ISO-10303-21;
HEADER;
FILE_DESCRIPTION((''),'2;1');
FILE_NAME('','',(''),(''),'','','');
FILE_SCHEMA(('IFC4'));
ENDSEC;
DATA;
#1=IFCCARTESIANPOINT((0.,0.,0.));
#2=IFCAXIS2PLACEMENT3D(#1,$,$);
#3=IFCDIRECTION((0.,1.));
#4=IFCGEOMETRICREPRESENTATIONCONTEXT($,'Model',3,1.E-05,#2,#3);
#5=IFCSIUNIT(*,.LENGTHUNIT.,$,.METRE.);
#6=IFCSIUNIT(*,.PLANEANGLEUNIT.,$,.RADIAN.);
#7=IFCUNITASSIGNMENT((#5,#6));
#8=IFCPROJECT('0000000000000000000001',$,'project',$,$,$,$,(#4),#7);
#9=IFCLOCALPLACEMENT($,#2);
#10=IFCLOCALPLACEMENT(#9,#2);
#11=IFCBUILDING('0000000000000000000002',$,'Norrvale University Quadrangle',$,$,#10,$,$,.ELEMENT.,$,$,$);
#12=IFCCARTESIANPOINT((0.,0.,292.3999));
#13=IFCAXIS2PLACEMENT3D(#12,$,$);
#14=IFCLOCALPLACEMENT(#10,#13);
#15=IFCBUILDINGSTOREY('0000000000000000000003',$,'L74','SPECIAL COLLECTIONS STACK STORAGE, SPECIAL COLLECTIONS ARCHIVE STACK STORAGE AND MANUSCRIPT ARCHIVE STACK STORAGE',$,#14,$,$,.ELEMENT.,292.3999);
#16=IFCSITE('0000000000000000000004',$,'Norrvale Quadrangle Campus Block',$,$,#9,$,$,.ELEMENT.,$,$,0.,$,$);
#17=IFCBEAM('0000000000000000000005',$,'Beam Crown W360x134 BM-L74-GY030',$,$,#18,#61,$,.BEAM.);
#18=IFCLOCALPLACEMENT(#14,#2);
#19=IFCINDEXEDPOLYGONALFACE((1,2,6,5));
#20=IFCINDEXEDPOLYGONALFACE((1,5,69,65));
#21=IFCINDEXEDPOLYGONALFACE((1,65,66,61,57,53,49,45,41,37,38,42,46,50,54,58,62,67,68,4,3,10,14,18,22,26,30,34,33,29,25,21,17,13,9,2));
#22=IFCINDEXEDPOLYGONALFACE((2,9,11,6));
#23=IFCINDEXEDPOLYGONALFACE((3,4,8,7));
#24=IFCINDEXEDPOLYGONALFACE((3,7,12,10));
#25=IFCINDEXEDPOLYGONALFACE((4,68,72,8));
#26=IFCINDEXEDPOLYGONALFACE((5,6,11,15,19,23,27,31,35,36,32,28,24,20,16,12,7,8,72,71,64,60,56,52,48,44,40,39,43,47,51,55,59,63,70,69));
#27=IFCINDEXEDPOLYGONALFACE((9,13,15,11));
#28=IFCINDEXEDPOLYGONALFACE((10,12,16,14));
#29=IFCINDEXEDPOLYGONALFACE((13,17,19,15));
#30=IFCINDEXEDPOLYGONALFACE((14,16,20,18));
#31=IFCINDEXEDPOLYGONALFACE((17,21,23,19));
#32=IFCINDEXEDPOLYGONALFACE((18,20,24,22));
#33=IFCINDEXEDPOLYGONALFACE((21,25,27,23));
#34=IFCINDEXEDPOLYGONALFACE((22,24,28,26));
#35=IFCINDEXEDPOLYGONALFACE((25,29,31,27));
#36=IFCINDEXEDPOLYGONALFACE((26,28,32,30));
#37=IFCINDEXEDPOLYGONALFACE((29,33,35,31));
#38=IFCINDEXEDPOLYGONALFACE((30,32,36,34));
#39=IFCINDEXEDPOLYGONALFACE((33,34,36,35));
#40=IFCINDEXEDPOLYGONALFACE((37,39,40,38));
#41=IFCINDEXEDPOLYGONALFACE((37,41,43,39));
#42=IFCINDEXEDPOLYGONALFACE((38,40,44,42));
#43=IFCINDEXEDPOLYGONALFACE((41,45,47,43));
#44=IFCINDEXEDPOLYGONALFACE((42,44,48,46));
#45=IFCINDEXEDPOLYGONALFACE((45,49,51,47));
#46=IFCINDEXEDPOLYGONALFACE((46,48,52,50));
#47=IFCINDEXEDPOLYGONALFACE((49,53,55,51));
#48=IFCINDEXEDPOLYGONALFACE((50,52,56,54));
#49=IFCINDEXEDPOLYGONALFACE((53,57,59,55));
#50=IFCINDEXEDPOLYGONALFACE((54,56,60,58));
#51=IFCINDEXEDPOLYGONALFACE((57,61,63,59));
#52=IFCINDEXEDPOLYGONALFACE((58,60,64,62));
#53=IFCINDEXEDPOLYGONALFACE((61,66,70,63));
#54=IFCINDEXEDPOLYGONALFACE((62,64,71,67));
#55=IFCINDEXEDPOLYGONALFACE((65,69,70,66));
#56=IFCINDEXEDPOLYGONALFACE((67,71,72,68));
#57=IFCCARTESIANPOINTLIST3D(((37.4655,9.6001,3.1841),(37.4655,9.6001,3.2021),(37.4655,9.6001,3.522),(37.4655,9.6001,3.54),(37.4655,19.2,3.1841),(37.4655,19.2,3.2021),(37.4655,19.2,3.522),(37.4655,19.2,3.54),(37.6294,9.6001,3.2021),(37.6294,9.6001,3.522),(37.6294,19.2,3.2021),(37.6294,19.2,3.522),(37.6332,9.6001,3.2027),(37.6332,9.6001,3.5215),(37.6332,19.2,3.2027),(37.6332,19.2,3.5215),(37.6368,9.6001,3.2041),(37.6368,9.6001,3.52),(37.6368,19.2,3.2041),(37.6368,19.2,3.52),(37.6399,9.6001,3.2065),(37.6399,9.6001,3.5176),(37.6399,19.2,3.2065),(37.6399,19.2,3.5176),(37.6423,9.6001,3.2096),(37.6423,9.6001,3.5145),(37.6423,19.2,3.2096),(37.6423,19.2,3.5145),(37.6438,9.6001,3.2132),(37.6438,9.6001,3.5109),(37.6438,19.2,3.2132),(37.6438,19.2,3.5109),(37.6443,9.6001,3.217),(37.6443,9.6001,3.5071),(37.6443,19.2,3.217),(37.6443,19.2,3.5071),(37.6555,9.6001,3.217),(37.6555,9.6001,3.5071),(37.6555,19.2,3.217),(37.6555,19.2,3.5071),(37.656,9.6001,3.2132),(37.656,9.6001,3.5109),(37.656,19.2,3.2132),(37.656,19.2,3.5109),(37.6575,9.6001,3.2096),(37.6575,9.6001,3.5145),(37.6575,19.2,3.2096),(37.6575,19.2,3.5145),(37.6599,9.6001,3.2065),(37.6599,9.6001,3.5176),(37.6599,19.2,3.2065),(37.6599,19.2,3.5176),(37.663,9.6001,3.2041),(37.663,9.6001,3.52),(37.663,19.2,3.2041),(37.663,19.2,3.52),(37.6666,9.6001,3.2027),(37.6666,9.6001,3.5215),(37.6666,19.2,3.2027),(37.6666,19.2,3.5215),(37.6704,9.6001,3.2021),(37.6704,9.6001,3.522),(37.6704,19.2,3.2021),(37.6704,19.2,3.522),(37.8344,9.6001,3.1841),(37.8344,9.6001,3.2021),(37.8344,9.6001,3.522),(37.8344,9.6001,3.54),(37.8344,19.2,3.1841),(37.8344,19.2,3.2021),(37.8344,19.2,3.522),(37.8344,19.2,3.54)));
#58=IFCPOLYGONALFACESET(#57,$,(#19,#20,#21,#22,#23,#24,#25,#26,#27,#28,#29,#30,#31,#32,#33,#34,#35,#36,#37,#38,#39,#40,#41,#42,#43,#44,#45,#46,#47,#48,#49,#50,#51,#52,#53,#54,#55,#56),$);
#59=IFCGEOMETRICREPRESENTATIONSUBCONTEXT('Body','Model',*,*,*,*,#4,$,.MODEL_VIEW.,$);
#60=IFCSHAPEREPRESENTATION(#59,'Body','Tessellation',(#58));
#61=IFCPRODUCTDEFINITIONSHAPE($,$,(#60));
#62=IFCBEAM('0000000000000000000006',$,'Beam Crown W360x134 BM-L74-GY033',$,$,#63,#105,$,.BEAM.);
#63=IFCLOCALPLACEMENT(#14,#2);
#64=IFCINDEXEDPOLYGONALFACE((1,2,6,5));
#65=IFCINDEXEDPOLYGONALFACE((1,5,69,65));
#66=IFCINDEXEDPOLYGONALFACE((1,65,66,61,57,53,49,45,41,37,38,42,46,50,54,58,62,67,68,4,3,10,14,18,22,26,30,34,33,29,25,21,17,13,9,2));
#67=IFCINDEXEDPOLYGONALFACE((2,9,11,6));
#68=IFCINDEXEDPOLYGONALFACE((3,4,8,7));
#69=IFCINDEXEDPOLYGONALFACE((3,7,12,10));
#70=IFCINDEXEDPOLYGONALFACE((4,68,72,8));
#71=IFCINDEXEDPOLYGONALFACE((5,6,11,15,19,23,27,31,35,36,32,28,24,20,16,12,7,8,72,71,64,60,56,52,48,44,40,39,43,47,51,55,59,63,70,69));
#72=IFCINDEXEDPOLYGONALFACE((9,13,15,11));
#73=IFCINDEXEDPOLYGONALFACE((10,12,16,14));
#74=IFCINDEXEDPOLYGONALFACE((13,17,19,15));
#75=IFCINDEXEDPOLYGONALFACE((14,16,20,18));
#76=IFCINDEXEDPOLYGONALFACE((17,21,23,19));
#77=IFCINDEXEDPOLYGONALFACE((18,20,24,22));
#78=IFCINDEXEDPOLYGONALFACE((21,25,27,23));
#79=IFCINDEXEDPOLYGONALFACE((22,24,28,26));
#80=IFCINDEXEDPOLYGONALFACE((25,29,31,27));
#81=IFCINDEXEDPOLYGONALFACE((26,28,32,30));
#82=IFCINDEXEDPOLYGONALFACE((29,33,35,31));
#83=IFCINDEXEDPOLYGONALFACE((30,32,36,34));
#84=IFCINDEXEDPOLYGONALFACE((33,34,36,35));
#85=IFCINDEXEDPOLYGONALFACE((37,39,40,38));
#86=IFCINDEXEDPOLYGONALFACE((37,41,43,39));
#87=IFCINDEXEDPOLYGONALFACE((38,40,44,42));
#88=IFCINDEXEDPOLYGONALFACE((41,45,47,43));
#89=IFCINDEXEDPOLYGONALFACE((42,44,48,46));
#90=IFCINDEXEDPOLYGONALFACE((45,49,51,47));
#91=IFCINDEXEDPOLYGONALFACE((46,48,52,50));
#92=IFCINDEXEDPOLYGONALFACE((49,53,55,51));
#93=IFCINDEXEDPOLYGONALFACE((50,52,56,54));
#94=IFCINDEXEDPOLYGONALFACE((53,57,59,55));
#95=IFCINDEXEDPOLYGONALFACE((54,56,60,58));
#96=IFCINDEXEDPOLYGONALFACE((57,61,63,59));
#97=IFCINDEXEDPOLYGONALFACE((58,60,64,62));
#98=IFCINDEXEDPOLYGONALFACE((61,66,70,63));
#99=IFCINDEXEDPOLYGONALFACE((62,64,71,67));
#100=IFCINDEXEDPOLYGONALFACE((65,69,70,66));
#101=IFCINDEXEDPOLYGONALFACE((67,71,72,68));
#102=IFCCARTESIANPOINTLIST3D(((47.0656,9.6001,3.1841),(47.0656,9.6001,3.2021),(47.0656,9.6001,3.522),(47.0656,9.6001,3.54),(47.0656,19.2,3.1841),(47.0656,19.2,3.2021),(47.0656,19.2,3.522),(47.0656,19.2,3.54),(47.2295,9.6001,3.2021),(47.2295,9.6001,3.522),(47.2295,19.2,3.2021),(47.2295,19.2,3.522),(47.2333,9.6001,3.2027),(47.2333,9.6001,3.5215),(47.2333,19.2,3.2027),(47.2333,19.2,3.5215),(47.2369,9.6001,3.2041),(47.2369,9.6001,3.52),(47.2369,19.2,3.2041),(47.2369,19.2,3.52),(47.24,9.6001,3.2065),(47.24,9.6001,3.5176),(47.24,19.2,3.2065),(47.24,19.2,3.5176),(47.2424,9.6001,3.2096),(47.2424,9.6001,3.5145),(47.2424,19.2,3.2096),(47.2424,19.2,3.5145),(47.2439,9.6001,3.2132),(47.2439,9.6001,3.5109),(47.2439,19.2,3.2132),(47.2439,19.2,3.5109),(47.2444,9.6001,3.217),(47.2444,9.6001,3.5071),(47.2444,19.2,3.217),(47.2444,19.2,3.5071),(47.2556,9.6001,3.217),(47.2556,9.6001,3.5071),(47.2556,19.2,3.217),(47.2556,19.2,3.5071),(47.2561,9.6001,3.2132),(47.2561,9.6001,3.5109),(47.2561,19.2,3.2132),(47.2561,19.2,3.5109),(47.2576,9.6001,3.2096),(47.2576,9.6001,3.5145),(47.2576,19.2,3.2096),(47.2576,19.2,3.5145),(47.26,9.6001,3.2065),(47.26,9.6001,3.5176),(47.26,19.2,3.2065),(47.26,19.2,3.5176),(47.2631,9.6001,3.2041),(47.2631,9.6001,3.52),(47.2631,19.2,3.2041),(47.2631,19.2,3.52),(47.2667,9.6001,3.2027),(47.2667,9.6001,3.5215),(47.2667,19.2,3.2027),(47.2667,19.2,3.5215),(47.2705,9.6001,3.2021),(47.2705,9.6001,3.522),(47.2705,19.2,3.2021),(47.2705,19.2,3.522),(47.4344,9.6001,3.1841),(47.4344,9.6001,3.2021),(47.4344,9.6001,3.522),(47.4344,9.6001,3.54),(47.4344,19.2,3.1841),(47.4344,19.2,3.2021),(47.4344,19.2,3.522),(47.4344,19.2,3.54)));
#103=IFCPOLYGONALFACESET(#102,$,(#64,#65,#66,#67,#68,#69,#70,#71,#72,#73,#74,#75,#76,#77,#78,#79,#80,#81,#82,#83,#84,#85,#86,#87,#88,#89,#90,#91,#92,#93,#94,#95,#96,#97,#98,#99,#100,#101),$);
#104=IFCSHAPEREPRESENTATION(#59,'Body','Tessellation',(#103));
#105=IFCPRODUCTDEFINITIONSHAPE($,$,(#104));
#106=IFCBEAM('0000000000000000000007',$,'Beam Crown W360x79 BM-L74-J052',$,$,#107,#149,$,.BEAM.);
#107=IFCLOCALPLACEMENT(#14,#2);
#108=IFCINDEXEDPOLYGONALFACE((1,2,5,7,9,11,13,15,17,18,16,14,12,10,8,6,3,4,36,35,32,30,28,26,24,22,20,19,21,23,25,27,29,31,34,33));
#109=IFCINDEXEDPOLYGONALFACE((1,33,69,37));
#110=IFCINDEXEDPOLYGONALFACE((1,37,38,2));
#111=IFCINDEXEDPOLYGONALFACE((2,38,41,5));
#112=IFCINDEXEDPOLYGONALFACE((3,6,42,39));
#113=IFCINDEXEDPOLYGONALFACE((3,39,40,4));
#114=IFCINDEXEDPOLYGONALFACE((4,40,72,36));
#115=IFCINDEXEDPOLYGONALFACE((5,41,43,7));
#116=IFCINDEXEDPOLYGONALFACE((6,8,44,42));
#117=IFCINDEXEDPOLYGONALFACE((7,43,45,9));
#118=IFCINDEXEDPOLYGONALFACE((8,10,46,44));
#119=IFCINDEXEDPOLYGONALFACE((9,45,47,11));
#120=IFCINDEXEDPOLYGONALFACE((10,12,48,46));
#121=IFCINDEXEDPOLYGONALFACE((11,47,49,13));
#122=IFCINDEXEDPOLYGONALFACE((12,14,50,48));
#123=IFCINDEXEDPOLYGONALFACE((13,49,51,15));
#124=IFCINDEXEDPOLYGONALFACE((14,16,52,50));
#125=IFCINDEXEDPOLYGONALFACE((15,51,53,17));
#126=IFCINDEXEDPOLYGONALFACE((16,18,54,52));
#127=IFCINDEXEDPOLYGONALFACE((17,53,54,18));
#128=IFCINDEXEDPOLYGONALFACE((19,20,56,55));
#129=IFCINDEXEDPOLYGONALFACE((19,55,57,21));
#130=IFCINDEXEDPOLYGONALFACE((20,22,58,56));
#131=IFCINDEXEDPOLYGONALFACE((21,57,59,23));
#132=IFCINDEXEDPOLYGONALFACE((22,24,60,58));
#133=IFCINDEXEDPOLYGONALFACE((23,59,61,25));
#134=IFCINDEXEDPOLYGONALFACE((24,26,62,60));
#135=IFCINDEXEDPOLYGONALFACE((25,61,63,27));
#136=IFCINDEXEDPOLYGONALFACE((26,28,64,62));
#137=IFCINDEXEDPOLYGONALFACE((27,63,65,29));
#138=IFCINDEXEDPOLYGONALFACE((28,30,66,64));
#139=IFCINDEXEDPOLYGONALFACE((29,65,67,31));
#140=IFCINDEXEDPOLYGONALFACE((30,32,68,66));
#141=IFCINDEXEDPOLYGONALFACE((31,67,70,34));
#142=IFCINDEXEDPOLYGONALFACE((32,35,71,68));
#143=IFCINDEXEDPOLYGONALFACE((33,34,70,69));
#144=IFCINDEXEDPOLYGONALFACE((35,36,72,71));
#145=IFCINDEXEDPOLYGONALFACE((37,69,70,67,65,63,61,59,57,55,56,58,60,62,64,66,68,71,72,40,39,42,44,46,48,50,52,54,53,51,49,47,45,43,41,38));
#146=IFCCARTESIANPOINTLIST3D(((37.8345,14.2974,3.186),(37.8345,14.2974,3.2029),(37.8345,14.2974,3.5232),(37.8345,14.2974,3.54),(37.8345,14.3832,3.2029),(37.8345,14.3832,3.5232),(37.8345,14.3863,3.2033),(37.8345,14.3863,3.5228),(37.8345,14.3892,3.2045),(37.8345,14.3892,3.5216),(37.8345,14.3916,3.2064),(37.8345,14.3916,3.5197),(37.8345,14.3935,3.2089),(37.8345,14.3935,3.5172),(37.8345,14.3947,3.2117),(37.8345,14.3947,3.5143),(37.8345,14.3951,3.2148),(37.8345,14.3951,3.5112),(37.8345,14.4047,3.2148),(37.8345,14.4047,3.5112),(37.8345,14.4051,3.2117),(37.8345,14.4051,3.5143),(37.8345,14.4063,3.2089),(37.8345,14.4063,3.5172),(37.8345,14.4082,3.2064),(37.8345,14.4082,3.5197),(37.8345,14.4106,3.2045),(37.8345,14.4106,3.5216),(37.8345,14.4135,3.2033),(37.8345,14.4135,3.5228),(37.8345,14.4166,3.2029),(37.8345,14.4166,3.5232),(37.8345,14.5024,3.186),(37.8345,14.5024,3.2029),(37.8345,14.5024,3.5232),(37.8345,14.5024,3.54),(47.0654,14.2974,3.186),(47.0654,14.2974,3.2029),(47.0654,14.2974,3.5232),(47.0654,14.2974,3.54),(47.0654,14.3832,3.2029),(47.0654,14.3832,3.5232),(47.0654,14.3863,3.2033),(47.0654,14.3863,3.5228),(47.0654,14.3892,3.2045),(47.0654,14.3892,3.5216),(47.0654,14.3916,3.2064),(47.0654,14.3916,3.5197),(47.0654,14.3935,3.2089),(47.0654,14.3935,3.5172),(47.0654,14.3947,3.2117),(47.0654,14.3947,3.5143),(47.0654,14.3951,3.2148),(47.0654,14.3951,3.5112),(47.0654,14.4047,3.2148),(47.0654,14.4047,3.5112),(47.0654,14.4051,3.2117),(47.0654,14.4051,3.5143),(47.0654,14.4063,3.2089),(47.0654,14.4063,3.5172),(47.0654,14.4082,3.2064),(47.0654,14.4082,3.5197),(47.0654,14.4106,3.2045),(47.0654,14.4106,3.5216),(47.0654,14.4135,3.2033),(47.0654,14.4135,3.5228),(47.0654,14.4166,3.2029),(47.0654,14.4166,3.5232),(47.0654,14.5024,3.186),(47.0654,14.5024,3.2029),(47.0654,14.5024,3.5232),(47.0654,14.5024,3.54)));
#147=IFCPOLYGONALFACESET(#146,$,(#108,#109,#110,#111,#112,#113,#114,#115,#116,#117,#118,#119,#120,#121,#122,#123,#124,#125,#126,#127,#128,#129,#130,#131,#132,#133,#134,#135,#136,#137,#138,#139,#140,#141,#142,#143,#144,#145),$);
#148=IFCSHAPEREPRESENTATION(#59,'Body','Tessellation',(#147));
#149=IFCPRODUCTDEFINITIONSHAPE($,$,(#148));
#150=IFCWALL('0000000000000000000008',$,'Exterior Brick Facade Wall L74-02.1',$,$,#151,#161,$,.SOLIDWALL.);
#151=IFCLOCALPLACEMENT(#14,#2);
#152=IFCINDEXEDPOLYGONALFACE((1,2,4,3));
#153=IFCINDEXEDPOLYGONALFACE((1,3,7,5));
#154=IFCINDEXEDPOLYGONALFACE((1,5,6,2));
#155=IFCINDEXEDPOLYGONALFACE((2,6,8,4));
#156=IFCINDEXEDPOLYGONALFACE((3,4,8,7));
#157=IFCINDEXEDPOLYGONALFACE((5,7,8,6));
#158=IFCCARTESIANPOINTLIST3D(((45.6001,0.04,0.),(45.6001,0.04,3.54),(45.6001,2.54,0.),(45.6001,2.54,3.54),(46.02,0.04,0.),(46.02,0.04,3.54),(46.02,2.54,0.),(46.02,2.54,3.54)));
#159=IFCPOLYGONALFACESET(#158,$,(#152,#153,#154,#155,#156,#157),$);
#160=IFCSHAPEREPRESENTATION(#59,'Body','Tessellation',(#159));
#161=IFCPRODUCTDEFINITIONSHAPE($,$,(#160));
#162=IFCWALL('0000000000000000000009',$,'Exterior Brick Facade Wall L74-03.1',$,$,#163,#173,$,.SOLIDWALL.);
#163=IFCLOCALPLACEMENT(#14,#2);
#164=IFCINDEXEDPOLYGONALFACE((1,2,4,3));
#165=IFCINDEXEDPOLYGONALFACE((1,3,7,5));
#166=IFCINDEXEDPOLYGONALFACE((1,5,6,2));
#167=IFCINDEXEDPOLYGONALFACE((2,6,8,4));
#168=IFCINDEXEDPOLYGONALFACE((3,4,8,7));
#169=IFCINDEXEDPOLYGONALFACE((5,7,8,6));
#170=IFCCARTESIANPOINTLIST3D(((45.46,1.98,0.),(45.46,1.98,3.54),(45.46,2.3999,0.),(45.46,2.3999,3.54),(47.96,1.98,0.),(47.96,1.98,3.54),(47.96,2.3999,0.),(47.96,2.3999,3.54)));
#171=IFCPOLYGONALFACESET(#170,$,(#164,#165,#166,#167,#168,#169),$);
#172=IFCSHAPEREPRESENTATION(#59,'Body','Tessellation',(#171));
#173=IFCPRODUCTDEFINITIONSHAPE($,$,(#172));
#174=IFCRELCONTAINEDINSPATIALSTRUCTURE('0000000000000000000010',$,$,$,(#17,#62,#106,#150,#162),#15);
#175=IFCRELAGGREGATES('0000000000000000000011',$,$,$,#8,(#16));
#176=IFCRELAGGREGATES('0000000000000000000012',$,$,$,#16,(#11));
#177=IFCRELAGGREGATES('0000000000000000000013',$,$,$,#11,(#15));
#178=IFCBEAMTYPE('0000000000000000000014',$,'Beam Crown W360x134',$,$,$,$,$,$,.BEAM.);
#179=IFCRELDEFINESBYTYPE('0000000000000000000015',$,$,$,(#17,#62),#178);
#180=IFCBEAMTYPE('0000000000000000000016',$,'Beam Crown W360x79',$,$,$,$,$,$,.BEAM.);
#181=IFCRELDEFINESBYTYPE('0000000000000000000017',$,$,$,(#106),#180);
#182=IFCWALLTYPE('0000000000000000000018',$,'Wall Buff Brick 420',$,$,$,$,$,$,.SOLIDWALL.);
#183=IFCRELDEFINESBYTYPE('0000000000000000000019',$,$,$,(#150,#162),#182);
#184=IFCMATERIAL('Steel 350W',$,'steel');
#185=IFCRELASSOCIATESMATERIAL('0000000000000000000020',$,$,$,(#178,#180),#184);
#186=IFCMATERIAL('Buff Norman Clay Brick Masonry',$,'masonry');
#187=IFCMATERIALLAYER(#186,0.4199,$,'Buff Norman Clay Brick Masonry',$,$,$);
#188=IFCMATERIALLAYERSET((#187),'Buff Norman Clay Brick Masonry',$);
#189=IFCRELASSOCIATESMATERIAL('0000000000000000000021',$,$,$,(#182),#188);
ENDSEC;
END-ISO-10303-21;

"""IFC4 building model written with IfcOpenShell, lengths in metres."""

from ifc_helpers import new_model, si_unit, direction, frame, frame_2d, origin, origin_2d, place, context, subcontext, project, spatial, rectangle, i_section, extrude, material, layer, layer_set, material_profile, profile_set, type_object, element, save


model = new_model("IFC4")

# Units and contexts
model_context = context("Model", 3, precision=1e-05, world=origin(), true_north=direction((0.0, 1.0)))
body_context = subcontext(model_context, "Body", "Model", "MODEL_VIEW")
ifc_project = project(units=[si_unit("LENGTHUNIT", "METRE"), si_unit("PLANEANGLEUNIT", "RADIAN")], contexts=[model_context])

# Site, building, storey
site_placement = place(None, origin())
site = spatial("IfcSite", under=ifc_project, at=site_placement, Name="Norrvale Quadrangle Campus Block", CompositionType="ELEMENT", RefElevation=0.0)
building_placement = place(site_placement, origin())
building = spatial("IfcBuilding", under=site, at=building_placement, Name="Norrvale University Quadrangle", CompositionType="ELEMENT")
storey_placement = place(building_placement, frame((0.0, 0.0, 292.3999)))
storey = spatial("IfcBuildingStorey", under=building, at=storey_placement, Name="L74", Description="SPECIAL COLLECTIONS STACK STORAGE, SPECIAL COLLECTIONS ARCHIVE STACK STORAGE AND MANUSCRIPT ARCHIVE STACK STORAGE", CompositionType="ELEMENT", Elevation=292.3999)

# Beams
ifc_material_1 = material(Name="Steel 350W", Category="steel")
ifc_material_profile_1 = material_profile(ifc_material_1, i_section(OverallWidth=0.3689, OverallDepth=0.356, WebThickness=0.0112, FlangeThickness=0.0181, FilletRadius=0.0149, at=origin_2d()), Name="Steel 350W")
ifc_profile_set_1 = profile_set([ifc_material_profile_1], Name="Steel 350W")
beam_type_1 = type_object("IfcBeamType", Name="Beam Crown W360x134", PredefinedType="BEAM", material=ifc_profile_set_1)
for number, where, z_axis, x_axis, name in (
    (1, (37.6499, 9.6001, 3.3621), (0.0, 1.0, 0.0), (-1.0, 0.0, 0.0), "Beam Crown W360x134 BM-L74-GY030"),
    (2, (47.25, 9.6001, 3.3621), (0.0, 1.0, 0.0), (-1.0, 0.0, 0.0), "Beam Crown W360x134 BM-L74-GY033"),
):
    element("IfcBeam", number, at=place(storey_placement, frame(where, z_axis=z_axis, x_axis=x_axis)), inside=storey, type_object=beam_type_1, Name=name, PredefinedType="BEAM", context=body_context, shape_type="SweptSolid", body=[
        extrude(i_section(OverallWidth=0.3689, OverallDepth=0.356, WebThickness=0.0112, FlangeThickness=0.0181, FilletRadius=0.0149, at=origin_2d()), origin(), (0.0, 0.0, 1.0), 9.5999),
    ])
ifc_material_profile_2 = material_profile(ifc_material_1, i_section(OverallWidth=0.2051, OverallDepth=0.354, WebThickness=0.0095, FlangeThickness=0.0168, FilletRadius=0.012, at=origin_2d()), Name="Steel 350W")
ifc_profile_set_2 = profile_set([ifc_material_profile_2], Name="Steel 350W")
beam_type_2 = type_object("IfcBeamType", Name="Beam Crown W360x79", PredefinedType="BEAM", material=ifc_profile_set_2)
beam_1_placement = place(storey_placement, frame((37.8345, 14.3999, 3.363), z_axis=(1.0, 0.0, 0.0), x_axis=(0.0, 1.0, 0.0)))
element("IfcBeam", 3, at=beam_1_placement, inside=storey, type_object=beam_type_2, Name="Beam Crown W360x79 BM-L74-J052", PredefinedType="BEAM", context=body_context, shape_type="SweptSolid", body=[
    extrude(i_section(OverallWidth=0.2051, OverallDepth=0.354, WebThickness=0.0095, FlangeThickness=0.0168, FilletRadius=0.012, at=origin_2d()), origin(), (0.0, 0.0, 1.0), 9.231),
])

# Walls
ifc_material_2 = material(Name="Buff Norman Clay Brick Masonry", Category="masonry")
ifc_layer_1 = layer(ifc_material_2, 0.4199, Name="Buff Norman Clay Brick Masonry")
ifc_layer_set_1 = layer_set([ifc_layer_1], Name="Buff Norman Clay Brick Masonry")
wall_type_1 = type_object("IfcWallType", Name="Wall Buff Brick 420", PredefinedType="SOLIDWALL", material=ifc_layer_set_1)
for number, where, z_axis, x_axis, name in (
    (4, (45.8101, 0.04, 0.0), (0.0, 0.0, 1.0), (0.0, 1.0, 0.0), "Exterior Brick Facade Wall L74-02.1"),
    (5, (45.46, 2.1899, 0.0), (0.0, 0.0, 1.0), (1.0, 0.0, 0.0), "Exterior Brick Facade Wall L74-03.1"),
):
    element("IfcWall", number, at=place(storey_placement, frame(where, z_axis=z_axis, x_axis=x_axis)), inside=storey, type_object=wall_type_1, Name=name, PredefinedType="SOLIDWALL", context=body_context, shape_type="SweptSolid", body=[
        extrude(rectangle(XDim=2.5, YDim=0.4199, at=frame_2d((1.25, 0.0))), origin(), (0.0, 0.0, 1.0), 3.54),
    ])

save(model, "model.ifc")
